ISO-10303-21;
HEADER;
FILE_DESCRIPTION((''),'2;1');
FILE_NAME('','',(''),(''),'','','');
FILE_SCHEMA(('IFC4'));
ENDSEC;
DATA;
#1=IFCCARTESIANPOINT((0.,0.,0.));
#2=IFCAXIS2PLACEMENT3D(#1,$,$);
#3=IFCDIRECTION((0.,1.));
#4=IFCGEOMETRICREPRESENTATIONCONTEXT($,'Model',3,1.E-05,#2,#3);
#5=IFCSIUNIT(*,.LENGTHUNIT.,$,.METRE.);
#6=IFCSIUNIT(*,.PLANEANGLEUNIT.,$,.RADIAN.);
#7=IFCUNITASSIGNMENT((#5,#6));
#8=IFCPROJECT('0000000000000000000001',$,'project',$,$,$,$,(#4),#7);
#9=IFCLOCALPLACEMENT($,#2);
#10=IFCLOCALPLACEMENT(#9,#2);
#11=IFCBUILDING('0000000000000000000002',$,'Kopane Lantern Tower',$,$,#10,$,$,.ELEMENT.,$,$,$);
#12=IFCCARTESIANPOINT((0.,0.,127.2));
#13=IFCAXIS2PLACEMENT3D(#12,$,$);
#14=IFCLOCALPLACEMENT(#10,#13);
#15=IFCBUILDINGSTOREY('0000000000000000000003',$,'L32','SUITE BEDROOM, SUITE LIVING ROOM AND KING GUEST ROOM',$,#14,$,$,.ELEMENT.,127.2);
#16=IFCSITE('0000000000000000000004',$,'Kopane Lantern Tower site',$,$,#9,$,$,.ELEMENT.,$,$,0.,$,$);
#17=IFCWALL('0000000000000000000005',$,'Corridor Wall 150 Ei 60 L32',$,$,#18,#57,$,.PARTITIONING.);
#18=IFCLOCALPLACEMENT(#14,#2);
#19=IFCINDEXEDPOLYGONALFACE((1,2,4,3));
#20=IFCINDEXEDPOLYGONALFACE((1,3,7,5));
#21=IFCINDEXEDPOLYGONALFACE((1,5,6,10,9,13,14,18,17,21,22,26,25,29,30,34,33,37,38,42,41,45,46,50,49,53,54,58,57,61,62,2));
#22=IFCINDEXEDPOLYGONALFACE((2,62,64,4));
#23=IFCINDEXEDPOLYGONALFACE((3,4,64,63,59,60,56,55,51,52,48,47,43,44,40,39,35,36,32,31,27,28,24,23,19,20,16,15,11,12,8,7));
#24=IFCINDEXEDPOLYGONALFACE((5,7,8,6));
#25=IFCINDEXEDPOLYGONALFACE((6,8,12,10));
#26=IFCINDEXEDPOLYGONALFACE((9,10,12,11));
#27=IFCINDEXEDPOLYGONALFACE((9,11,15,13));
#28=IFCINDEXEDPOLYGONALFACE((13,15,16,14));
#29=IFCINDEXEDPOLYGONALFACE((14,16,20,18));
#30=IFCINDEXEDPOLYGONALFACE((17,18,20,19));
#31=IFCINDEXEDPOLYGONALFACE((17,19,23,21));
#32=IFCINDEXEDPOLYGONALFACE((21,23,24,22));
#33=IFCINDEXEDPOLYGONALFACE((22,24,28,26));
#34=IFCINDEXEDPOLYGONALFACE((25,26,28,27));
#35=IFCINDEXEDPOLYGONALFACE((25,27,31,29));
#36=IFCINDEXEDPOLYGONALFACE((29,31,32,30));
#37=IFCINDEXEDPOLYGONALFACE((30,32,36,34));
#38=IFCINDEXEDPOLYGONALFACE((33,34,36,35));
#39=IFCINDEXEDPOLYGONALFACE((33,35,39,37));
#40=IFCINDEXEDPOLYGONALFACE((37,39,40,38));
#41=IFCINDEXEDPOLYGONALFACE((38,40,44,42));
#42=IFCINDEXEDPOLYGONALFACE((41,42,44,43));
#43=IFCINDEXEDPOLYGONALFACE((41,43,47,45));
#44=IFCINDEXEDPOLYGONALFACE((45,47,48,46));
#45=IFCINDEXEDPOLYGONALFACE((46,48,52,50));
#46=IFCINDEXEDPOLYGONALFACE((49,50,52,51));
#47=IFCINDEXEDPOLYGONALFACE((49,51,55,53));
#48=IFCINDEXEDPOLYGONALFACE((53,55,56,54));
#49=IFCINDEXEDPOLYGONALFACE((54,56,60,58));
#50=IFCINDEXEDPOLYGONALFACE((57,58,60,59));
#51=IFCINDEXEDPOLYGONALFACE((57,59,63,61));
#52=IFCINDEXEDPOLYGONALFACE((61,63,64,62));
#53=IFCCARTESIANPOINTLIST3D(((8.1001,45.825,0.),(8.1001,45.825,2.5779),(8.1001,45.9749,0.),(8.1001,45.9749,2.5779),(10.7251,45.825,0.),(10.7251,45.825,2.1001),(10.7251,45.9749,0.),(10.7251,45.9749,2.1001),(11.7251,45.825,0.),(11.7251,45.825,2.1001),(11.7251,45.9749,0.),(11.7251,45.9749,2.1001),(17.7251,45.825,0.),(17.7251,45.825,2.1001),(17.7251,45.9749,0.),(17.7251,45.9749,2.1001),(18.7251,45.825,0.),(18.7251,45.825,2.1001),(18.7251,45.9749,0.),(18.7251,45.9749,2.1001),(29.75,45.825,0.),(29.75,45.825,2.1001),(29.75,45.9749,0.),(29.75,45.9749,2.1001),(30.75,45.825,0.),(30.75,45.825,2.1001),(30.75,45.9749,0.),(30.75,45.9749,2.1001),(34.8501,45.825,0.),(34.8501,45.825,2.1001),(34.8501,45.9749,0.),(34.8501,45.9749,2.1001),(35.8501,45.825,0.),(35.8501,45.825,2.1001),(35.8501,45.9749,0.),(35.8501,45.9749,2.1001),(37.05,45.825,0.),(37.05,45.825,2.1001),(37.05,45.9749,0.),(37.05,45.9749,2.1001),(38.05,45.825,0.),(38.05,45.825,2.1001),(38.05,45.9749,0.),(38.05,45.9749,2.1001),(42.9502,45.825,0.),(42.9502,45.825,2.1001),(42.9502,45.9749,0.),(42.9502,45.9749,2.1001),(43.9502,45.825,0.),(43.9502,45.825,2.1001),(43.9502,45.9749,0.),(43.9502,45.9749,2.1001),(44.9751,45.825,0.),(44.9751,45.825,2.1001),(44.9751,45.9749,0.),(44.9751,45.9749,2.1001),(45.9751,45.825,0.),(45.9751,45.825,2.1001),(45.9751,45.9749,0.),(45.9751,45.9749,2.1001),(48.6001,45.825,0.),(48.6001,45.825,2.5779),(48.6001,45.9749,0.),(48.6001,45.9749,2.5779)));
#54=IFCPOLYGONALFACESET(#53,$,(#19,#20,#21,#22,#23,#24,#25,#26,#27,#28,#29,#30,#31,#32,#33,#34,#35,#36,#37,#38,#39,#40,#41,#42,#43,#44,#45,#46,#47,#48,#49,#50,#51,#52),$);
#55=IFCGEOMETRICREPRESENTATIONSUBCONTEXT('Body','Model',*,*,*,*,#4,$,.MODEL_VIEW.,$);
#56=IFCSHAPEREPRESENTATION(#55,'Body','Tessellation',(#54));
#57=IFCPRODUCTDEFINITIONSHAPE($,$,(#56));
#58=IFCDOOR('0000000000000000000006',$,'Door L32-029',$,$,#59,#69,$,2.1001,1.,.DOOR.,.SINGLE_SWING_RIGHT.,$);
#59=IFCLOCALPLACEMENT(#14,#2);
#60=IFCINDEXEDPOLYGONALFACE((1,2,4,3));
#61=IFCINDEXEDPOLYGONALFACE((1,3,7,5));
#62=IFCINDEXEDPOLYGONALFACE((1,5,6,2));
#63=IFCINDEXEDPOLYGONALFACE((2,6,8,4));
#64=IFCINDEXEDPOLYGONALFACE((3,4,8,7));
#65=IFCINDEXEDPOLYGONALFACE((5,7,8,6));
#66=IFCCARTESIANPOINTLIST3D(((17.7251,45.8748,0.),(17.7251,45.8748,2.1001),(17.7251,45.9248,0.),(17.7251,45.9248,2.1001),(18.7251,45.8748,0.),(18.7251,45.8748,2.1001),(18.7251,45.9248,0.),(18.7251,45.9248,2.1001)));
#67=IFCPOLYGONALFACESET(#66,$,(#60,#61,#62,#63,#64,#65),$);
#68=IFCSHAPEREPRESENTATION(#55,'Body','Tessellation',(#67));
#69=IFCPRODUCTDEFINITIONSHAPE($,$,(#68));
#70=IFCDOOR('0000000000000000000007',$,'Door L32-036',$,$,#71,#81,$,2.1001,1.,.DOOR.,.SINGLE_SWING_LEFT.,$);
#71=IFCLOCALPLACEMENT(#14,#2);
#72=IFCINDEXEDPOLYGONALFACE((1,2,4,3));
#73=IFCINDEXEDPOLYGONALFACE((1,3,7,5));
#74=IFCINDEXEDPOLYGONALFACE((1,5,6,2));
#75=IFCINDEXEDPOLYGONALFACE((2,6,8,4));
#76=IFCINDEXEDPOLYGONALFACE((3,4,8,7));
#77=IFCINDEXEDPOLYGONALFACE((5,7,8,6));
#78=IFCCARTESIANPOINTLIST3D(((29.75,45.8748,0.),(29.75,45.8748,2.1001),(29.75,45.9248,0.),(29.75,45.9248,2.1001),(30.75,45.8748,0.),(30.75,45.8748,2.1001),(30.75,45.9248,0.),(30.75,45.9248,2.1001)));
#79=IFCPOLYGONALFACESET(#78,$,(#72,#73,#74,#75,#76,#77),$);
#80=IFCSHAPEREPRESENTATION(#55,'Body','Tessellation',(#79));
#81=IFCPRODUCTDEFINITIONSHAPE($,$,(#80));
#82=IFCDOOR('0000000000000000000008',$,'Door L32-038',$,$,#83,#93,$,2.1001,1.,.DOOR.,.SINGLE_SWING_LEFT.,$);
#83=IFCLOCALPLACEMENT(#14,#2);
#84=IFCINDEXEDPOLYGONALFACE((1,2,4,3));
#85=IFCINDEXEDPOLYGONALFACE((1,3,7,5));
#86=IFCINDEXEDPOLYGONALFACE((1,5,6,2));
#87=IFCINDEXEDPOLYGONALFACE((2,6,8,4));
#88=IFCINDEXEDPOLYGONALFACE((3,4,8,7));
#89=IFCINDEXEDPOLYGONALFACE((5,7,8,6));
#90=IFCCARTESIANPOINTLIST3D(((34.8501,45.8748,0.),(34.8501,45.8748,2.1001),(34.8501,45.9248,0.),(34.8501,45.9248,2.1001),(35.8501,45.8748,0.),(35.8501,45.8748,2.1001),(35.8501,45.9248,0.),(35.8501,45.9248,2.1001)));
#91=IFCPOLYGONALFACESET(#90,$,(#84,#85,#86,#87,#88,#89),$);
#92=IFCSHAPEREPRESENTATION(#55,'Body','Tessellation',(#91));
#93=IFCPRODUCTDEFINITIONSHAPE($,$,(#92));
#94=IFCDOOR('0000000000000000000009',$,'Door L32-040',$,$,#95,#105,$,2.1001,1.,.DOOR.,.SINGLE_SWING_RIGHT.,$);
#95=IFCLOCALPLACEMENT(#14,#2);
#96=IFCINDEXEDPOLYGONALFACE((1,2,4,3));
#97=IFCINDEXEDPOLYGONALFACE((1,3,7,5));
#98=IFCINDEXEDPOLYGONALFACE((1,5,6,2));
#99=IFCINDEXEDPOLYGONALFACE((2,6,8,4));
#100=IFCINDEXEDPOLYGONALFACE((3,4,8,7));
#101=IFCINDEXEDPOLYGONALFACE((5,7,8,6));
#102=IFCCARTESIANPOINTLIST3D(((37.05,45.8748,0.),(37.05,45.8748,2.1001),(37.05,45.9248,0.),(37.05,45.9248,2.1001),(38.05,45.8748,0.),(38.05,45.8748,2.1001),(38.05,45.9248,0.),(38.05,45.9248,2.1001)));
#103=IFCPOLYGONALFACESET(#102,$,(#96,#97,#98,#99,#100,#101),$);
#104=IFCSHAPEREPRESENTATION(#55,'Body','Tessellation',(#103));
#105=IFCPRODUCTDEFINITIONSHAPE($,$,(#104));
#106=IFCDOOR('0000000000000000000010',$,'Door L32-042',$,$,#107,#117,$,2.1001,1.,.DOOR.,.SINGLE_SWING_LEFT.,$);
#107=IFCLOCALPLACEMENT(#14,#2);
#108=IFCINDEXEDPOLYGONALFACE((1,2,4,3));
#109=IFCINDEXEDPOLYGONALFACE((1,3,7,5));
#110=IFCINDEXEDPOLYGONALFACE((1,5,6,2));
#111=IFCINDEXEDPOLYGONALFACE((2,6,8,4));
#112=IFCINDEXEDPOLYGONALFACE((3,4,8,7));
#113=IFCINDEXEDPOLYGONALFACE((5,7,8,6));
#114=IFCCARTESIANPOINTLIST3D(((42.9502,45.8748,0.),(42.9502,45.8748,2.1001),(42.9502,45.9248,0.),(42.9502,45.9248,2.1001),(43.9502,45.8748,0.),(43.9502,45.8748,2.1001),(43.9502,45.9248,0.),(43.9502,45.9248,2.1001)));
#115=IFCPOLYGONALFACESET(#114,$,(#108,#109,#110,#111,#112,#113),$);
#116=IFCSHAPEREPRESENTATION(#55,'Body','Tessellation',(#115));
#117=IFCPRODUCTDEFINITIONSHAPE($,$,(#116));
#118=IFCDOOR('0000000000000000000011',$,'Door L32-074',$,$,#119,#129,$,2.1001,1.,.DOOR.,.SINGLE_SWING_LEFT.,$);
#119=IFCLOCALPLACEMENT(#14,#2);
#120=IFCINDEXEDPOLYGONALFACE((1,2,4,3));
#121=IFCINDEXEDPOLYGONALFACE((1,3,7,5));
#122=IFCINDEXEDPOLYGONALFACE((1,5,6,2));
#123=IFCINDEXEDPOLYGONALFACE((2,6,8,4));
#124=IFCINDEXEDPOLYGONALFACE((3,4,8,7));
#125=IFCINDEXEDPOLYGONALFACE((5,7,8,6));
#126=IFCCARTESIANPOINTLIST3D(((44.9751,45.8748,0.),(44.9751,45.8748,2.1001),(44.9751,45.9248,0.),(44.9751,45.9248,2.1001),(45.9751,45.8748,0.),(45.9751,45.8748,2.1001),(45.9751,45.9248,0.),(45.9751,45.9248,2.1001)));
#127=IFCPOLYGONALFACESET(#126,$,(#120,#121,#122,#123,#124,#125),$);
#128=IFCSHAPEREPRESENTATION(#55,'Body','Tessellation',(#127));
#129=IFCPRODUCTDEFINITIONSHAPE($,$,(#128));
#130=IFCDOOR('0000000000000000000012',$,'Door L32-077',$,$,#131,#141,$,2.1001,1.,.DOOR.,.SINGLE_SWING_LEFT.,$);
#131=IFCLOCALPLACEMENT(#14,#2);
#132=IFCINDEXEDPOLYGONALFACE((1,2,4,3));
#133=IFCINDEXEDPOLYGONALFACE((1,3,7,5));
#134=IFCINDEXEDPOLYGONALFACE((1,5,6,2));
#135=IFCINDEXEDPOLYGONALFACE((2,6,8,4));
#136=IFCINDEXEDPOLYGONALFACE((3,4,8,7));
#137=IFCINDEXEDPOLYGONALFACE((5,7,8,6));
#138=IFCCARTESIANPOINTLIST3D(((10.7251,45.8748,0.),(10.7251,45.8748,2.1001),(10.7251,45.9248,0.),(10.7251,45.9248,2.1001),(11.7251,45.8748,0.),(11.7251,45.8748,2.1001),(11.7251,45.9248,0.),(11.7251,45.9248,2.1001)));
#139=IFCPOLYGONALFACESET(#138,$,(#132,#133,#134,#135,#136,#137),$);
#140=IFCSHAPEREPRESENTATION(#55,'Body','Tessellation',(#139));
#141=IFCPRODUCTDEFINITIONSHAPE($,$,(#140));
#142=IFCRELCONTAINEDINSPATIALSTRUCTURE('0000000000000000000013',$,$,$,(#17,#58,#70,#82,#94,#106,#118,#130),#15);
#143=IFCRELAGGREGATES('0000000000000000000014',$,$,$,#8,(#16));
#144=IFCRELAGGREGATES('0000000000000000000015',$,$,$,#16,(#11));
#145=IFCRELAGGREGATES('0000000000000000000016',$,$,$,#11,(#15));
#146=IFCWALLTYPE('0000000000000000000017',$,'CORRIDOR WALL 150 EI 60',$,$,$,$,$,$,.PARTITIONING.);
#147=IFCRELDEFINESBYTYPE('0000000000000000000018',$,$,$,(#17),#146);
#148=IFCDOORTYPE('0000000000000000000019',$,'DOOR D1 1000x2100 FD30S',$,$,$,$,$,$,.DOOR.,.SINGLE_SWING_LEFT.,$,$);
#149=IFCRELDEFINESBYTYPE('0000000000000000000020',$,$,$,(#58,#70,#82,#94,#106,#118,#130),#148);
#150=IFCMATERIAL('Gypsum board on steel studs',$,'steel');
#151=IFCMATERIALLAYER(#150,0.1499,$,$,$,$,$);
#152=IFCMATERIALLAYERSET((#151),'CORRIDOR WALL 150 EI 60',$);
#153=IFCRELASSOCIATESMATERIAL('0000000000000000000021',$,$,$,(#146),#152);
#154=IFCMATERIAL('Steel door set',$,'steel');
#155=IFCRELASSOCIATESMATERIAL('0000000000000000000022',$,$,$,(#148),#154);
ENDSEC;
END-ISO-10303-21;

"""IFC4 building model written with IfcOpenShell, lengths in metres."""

from ifc_helpers import new_model, si_unit, direction, frame, frame_2d, origin, place, context, subcontext, project, spatial, rectangle, extrude, material, layer, layer_set, type_object, element, fill, save


model = new_model("IFC4")

# Units and contexts
model_context = context("Model", 3, precision=1e-05, world=origin(), true_north=direction((0.0, 1.0)))
body_context = subcontext(model_context, "Body", "Model", "MODEL_VIEW")
ifc_project = project(units=[si_unit("LENGTHUNIT", "METRE"), si_unit("PLANEANGLEUNIT", "RADIAN")], contexts=[model_context])

# Site, building, storey
site_placement = place(None, origin())
site = spatial("IfcSite", under=ifc_project, at=site_placement, Name="Kopane Lantern Tower site", CompositionType="ELEMENT", RefElevation=0.0)
building_placement = place(site_placement, origin())
building = spatial("IfcBuilding", under=site, at=building_placement, Name="Kopane Lantern Tower", CompositionType="ELEMENT")
storey_placement = place(building_placement, frame((0.0, 0.0, 127.2)))
storey = spatial("IfcBuildingStorey", under=building, at=storey_placement, Name="L32", Description="SUITE BEDROOM, SUITE LIVING ROOM AND KING GUEST ROOM", CompositionType="ELEMENT", Elevation=127.2)

# Wall, openings, doors
ifc_material_1 = material(Name="Gypsum board on steel studs", Category="steel")
ifc_layer_1 = layer(ifc_material_1, 0.1499)
ifc_layer_set_1 = layer_set([ifc_layer_1], Name="CORRIDOR WALL 150 EI 60")
wall_type_1 = type_object("IfcWallType", Name="CORRIDOR WALL 150 EI 60", PredefinedType="PARTITIONING", material=ifc_layer_set_1)
wall_1_placement = place(storey_placement, frame((8.1001, 45.8999, 0.0), z_axis=(0.0, 0.0, 1.0), x_axis=(1.0, 0.0, 0.0)))
wall_1 = element("IfcWall", 1, at=wall_1_placement, inside=storey, type_object=wall_type_1, Name="Corridor Wall 150 Ei 60 L32", PredefinedType="PARTITIONING", context=body_context, shape_type="SweptSolid", body=[
    extrude(rectangle(XDim=40.5, YDim=0.1499, at=frame_2d((20.25, 0.0))), origin(), (0.0, 0.0, 1.0), 2.5779),
])
opening_1_placement = place(wall_1_placement, frame((9.625, 0.0, 0.0)))
opening_1 = element("IfcOpeningElement", 2, at=opening_1_placement, cuts=wall_1, PredefinedType="OPENING", context=body_context, shape_type="SweptSolid", body=[
    extrude(rectangle(XDim=1.0, YDim=2.1001, at=frame_2d((0.5, 1.05))), frame((0.0, 0.085, 0.0), z_axis=(0.0, -1.0, 0.0), x_axis=(1.0, 0.0, 0.0)), (0.0, 0.0, 1.0), 0.1699),
])
opening_2_placement = place(wall_1_placement, frame((21.6499, 0.0, 0.0)))
opening_2 = element("IfcOpeningElement", 3, at=opening_2_placement, cuts=wall_1, PredefinedType="OPENING", context=body_context, shape_type="SweptSolid", body=[
    extrude(rectangle(XDim=1.0, YDim=2.1001, at=frame_2d((0.5, 1.05))), frame((0.0, 0.085, 0.0), z_axis=(0.0, -1.0, 0.0), x_axis=(1.0, 0.0, 0.0)), (0.0, 0.0, 1.0), 0.1699),
])
opening_3_placement = place(wall_1_placement, frame((26.75, 0.0, 0.0)))
opening_3 = element("IfcOpeningElement", 4, at=opening_3_placement, cuts=wall_1, PredefinedType="OPENING", context=body_context, shape_type="SweptSolid", body=[
    extrude(rectangle(XDim=1.0, YDim=2.1001, at=frame_2d((0.5, 1.05))), frame((0.0, 0.085, 0.0), z_axis=(0.0, -1.0, 0.0), x_axis=(1.0, 0.0, 0.0)), (0.0, 0.0, 1.0), 0.1699),
])
opening_4_placement = place(wall_1_placement, frame((28.95, 0.0, 0.0)))
opening_4 = element("IfcOpeningElement", 5, at=opening_4_placement, cuts=wall_1, PredefinedType="OPENING", context=body_context, shape_type="SweptSolid", body=[
    extrude(rectangle(XDim=1.0, YDim=2.1001, at=frame_2d((0.5, 1.05))), frame((0.0, 0.085, 0.0), z_axis=(0.0, -1.0, 0.0), x_axis=(1.0, 0.0, 0.0)), (0.0, 0.0, 1.0), 0.1699),
])
opening_5_placement = place(wall_1_placement, frame((34.8501, 0.0, 0.0)))
opening_5 = element("IfcOpeningElement", 6, at=opening_5_placement, cuts=wall_1, PredefinedType="OPENING", context=body_context, shape_type="SweptSolid", body=[
    extrude(rectangle(XDim=1.0, YDim=2.1001, at=frame_2d((0.5, 1.05))), frame((0.0, 0.085, 0.0), z_axis=(0.0, -1.0, 0.0), x_axis=(1.0, 0.0, 0.0)), (0.0, 0.0, 1.0), 0.1699),
])
opening_6_placement = place(wall_1_placement, frame((36.875, 0.0, 0.0)))
opening_6 = element("IfcOpeningElement", 7, at=opening_6_placement, cuts=wall_1, PredefinedType="OPENING", context=body_context, shape_type="SweptSolid", body=[
    extrude(rectangle(XDim=1.0, YDim=2.1001, at=frame_2d((0.5, 1.05))), frame((0.0, 0.085, 0.0), z_axis=(0.0, -1.0, 0.0), x_axis=(1.0, 0.0, 0.0)), (0.0, 0.0, 1.0), 0.1699),
])
opening_7_placement = place(wall_1_placement, frame((2.625, 0.0, 0.0)))
opening_7 = element("IfcOpeningElement", 8, at=opening_7_placement, cuts=wall_1, PredefinedType="OPENING", context=body_context, shape_type="SweptSolid", body=[
    extrude(rectangle(XDim=1.0, YDim=2.1001, at=frame_2d((0.5, 1.05))), frame((0.0, 0.085, 0.0), z_axis=(0.0, -1.0, 0.0), x_axis=(1.0, 0.0, 0.0)), (0.0, 0.0, 1.0), 0.1699),
])
ifc_material_2 = material(Name="Steel door set", Category="steel")
door_type_1 = type_object("IfcDoorType", Name="DOOR D1 1000x2100 FD30S", OperationType="SINGLE_SWING_LEFT", PredefinedType="DOOR", material=ifc_material_2)
door_1_placement = place(opening_1_placement, origin())
door_1 = element("IfcDoor", 9, at=door_1_placement, inside=storey, type_object=door_type_1, Name="Door L32-029", OperationType="SINGLE_SWING_RIGHT", OverallHeight=2.1001, OverallWidth=1.0, PredefinedType="DOOR", context=body_context, shape_type="SweptSolid", body=[
    extrude(rectangle(XDim=1.0, YDim=2.1001, at=frame_2d((0.5, 1.05))), frame((0.0, 0.0249, 0.0), z_axis=(0.0, -1.0, 0.0), x_axis=(1.0, 0.0, 0.0)), (0.0, 0.0, 1.0), 0.05),
])
fill(opening_1, door_1)
door_2_placement = place(opening_2_placement, origin())
door_2 = element("IfcDoor", 10, at=door_2_placement, inside=storey, type_object=door_type_1, Name="Door L32-036", OperationType="SINGLE_SWING_LEFT", OverallHeight=2.1001, OverallWidth=1.0, PredefinedType="DOOR", context=body_context, shape_type="SweptSolid", body=[
    extrude(rectangle(XDim=1.0, YDim=2.1001, at=frame_2d((0.5, 1.05))), frame((0.0, 0.0249, 0.0), z_axis=(0.0, -1.0, 0.0), x_axis=(1.0, 0.0, 0.0)), (0.0, 0.0, 1.0), 0.05),
])
fill(opening_2, door_2)
door_3_placement = place(opening_3_placement, origin())
door_3 = element("IfcDoor", 11, at=door_3_placement, inside=storey, type_object=door_type_1, Name="Door L32-038", OperationType="SINGLE_SWING_LEFT", OverallHeight=2.1001, OverallWidth=1.0, PredefinedType="DOOR", context=body_context, shape_type="SweptSolid", body=[
    extrude(rectangle(XDim=1.0, YDim=2.1001, at=frame_2d((0.5, 1.05))), frame((0.0, 0.0249, 0.0), z_axis=(0.0, -1.0, 0.0), x_axis=(1.0, 0.0, 0.0)), (0.0, 0.0, 1.0), 0.05),
])
fill(opening_3, door_3)
door_4_placement = place(opening_4_placement, origin())
door_4 = element("IfcDoor", 12, at=door_4_placement, inside=storey, type_object=door_type_1, Name="Door L32-040", OperationType="SINGLE_SWING_RIGHT", OverallHeight=2.1001, OverallWidth=1.0, PredefinedType="DOOR", context=body_context, shape_type="SweptSolid", body=[
    extrude(rectangle(XDim=1.0, YDim=2.1001, at=frame_2d((0.5, 1.05))), frame((0.0, 0.0249, 0.0), z_axis=(0.0, -1.0, 0.0), x_axis=(1.0, 0.0, 0.0)), (0.0, 0.0, 1.0), 0.05),
])
fill(opening_4, door_4)
door_5_placement = place(opening_5_placement, origin())
door_5 = element("IfcDoor", 13, at=door_5_placement, inside=storey, type_object=door_type_1, Name="Door L32-042", OperationType="SINGLE_SWING_LEFT", OverallHeight=2.1001, OverallWidth=1.0, PredefinedType="DOOR", context=body_context, shape_type="SweptSolid", body=[
    extrude(rectangle(XDim=1.0, YDim=2.1001, at=frame_2d((0.5, 1.05))), frame((0.0, 0.0249, 0.0), z_axis=(0.0, -1.0, 0.0), x_axis=(1.0, 0.0, 0.0)), (0.0, 0.0, 1.0), 0.05),
])
fill(opening_5, door_5)
door_6_placement = place(opening_6_placement, origin())
door_6 = element("IfcDoor", 14, at=door_6_placement, inside=storey, type_object=door_type_1, Name="Door L32-074", OperationType="SINGLE_SWING_LEFT", OverallHeight=2.1001, OverallWidth=1.0, PredefinedType="DOOR", context=body_context, shape_type="SweptSolid", body=[
    extrude(rectangle(XDim=1.0, YDim=2.1001, at=frame_2d((0.5, 1.05))), frame((0.0, 0.0249, 0.0), z_axis=(0.0, -1.0, 0.0), x_axis=(1.0, 0.0, 0.0)), (0.0, 0.0, 1.0), 0.05),
])
fill(opening_6, door_6)
door_7_placement = place(opening_7_placement, origin())
door_7 = element("IfcDoor", 15, at=door_7_placement, inside=storey, type_object=door_type_1, Name="Door L32-077", OperationType="SINGLE_SWING_LEFT", OverallHeight=2.1001, OverallWidth=1.0, PredefinedType="DOOR", context=body_context, shape_type="SweptSolid", body=[
    extrude(rectangle(XDim=1.0, YDim=2.1001, at=frame_2d((0.5, 1.05))), frame((0.0, 0.0249, 0.0), z_axis=(0.0, -1.0, 0.0), x_axis=(1.0, 0.0, 0.0)), (0.0, 0.0, 1.0), 0.05),
])
fill(opening_7, door_7)

save(model, "model.ifc")
